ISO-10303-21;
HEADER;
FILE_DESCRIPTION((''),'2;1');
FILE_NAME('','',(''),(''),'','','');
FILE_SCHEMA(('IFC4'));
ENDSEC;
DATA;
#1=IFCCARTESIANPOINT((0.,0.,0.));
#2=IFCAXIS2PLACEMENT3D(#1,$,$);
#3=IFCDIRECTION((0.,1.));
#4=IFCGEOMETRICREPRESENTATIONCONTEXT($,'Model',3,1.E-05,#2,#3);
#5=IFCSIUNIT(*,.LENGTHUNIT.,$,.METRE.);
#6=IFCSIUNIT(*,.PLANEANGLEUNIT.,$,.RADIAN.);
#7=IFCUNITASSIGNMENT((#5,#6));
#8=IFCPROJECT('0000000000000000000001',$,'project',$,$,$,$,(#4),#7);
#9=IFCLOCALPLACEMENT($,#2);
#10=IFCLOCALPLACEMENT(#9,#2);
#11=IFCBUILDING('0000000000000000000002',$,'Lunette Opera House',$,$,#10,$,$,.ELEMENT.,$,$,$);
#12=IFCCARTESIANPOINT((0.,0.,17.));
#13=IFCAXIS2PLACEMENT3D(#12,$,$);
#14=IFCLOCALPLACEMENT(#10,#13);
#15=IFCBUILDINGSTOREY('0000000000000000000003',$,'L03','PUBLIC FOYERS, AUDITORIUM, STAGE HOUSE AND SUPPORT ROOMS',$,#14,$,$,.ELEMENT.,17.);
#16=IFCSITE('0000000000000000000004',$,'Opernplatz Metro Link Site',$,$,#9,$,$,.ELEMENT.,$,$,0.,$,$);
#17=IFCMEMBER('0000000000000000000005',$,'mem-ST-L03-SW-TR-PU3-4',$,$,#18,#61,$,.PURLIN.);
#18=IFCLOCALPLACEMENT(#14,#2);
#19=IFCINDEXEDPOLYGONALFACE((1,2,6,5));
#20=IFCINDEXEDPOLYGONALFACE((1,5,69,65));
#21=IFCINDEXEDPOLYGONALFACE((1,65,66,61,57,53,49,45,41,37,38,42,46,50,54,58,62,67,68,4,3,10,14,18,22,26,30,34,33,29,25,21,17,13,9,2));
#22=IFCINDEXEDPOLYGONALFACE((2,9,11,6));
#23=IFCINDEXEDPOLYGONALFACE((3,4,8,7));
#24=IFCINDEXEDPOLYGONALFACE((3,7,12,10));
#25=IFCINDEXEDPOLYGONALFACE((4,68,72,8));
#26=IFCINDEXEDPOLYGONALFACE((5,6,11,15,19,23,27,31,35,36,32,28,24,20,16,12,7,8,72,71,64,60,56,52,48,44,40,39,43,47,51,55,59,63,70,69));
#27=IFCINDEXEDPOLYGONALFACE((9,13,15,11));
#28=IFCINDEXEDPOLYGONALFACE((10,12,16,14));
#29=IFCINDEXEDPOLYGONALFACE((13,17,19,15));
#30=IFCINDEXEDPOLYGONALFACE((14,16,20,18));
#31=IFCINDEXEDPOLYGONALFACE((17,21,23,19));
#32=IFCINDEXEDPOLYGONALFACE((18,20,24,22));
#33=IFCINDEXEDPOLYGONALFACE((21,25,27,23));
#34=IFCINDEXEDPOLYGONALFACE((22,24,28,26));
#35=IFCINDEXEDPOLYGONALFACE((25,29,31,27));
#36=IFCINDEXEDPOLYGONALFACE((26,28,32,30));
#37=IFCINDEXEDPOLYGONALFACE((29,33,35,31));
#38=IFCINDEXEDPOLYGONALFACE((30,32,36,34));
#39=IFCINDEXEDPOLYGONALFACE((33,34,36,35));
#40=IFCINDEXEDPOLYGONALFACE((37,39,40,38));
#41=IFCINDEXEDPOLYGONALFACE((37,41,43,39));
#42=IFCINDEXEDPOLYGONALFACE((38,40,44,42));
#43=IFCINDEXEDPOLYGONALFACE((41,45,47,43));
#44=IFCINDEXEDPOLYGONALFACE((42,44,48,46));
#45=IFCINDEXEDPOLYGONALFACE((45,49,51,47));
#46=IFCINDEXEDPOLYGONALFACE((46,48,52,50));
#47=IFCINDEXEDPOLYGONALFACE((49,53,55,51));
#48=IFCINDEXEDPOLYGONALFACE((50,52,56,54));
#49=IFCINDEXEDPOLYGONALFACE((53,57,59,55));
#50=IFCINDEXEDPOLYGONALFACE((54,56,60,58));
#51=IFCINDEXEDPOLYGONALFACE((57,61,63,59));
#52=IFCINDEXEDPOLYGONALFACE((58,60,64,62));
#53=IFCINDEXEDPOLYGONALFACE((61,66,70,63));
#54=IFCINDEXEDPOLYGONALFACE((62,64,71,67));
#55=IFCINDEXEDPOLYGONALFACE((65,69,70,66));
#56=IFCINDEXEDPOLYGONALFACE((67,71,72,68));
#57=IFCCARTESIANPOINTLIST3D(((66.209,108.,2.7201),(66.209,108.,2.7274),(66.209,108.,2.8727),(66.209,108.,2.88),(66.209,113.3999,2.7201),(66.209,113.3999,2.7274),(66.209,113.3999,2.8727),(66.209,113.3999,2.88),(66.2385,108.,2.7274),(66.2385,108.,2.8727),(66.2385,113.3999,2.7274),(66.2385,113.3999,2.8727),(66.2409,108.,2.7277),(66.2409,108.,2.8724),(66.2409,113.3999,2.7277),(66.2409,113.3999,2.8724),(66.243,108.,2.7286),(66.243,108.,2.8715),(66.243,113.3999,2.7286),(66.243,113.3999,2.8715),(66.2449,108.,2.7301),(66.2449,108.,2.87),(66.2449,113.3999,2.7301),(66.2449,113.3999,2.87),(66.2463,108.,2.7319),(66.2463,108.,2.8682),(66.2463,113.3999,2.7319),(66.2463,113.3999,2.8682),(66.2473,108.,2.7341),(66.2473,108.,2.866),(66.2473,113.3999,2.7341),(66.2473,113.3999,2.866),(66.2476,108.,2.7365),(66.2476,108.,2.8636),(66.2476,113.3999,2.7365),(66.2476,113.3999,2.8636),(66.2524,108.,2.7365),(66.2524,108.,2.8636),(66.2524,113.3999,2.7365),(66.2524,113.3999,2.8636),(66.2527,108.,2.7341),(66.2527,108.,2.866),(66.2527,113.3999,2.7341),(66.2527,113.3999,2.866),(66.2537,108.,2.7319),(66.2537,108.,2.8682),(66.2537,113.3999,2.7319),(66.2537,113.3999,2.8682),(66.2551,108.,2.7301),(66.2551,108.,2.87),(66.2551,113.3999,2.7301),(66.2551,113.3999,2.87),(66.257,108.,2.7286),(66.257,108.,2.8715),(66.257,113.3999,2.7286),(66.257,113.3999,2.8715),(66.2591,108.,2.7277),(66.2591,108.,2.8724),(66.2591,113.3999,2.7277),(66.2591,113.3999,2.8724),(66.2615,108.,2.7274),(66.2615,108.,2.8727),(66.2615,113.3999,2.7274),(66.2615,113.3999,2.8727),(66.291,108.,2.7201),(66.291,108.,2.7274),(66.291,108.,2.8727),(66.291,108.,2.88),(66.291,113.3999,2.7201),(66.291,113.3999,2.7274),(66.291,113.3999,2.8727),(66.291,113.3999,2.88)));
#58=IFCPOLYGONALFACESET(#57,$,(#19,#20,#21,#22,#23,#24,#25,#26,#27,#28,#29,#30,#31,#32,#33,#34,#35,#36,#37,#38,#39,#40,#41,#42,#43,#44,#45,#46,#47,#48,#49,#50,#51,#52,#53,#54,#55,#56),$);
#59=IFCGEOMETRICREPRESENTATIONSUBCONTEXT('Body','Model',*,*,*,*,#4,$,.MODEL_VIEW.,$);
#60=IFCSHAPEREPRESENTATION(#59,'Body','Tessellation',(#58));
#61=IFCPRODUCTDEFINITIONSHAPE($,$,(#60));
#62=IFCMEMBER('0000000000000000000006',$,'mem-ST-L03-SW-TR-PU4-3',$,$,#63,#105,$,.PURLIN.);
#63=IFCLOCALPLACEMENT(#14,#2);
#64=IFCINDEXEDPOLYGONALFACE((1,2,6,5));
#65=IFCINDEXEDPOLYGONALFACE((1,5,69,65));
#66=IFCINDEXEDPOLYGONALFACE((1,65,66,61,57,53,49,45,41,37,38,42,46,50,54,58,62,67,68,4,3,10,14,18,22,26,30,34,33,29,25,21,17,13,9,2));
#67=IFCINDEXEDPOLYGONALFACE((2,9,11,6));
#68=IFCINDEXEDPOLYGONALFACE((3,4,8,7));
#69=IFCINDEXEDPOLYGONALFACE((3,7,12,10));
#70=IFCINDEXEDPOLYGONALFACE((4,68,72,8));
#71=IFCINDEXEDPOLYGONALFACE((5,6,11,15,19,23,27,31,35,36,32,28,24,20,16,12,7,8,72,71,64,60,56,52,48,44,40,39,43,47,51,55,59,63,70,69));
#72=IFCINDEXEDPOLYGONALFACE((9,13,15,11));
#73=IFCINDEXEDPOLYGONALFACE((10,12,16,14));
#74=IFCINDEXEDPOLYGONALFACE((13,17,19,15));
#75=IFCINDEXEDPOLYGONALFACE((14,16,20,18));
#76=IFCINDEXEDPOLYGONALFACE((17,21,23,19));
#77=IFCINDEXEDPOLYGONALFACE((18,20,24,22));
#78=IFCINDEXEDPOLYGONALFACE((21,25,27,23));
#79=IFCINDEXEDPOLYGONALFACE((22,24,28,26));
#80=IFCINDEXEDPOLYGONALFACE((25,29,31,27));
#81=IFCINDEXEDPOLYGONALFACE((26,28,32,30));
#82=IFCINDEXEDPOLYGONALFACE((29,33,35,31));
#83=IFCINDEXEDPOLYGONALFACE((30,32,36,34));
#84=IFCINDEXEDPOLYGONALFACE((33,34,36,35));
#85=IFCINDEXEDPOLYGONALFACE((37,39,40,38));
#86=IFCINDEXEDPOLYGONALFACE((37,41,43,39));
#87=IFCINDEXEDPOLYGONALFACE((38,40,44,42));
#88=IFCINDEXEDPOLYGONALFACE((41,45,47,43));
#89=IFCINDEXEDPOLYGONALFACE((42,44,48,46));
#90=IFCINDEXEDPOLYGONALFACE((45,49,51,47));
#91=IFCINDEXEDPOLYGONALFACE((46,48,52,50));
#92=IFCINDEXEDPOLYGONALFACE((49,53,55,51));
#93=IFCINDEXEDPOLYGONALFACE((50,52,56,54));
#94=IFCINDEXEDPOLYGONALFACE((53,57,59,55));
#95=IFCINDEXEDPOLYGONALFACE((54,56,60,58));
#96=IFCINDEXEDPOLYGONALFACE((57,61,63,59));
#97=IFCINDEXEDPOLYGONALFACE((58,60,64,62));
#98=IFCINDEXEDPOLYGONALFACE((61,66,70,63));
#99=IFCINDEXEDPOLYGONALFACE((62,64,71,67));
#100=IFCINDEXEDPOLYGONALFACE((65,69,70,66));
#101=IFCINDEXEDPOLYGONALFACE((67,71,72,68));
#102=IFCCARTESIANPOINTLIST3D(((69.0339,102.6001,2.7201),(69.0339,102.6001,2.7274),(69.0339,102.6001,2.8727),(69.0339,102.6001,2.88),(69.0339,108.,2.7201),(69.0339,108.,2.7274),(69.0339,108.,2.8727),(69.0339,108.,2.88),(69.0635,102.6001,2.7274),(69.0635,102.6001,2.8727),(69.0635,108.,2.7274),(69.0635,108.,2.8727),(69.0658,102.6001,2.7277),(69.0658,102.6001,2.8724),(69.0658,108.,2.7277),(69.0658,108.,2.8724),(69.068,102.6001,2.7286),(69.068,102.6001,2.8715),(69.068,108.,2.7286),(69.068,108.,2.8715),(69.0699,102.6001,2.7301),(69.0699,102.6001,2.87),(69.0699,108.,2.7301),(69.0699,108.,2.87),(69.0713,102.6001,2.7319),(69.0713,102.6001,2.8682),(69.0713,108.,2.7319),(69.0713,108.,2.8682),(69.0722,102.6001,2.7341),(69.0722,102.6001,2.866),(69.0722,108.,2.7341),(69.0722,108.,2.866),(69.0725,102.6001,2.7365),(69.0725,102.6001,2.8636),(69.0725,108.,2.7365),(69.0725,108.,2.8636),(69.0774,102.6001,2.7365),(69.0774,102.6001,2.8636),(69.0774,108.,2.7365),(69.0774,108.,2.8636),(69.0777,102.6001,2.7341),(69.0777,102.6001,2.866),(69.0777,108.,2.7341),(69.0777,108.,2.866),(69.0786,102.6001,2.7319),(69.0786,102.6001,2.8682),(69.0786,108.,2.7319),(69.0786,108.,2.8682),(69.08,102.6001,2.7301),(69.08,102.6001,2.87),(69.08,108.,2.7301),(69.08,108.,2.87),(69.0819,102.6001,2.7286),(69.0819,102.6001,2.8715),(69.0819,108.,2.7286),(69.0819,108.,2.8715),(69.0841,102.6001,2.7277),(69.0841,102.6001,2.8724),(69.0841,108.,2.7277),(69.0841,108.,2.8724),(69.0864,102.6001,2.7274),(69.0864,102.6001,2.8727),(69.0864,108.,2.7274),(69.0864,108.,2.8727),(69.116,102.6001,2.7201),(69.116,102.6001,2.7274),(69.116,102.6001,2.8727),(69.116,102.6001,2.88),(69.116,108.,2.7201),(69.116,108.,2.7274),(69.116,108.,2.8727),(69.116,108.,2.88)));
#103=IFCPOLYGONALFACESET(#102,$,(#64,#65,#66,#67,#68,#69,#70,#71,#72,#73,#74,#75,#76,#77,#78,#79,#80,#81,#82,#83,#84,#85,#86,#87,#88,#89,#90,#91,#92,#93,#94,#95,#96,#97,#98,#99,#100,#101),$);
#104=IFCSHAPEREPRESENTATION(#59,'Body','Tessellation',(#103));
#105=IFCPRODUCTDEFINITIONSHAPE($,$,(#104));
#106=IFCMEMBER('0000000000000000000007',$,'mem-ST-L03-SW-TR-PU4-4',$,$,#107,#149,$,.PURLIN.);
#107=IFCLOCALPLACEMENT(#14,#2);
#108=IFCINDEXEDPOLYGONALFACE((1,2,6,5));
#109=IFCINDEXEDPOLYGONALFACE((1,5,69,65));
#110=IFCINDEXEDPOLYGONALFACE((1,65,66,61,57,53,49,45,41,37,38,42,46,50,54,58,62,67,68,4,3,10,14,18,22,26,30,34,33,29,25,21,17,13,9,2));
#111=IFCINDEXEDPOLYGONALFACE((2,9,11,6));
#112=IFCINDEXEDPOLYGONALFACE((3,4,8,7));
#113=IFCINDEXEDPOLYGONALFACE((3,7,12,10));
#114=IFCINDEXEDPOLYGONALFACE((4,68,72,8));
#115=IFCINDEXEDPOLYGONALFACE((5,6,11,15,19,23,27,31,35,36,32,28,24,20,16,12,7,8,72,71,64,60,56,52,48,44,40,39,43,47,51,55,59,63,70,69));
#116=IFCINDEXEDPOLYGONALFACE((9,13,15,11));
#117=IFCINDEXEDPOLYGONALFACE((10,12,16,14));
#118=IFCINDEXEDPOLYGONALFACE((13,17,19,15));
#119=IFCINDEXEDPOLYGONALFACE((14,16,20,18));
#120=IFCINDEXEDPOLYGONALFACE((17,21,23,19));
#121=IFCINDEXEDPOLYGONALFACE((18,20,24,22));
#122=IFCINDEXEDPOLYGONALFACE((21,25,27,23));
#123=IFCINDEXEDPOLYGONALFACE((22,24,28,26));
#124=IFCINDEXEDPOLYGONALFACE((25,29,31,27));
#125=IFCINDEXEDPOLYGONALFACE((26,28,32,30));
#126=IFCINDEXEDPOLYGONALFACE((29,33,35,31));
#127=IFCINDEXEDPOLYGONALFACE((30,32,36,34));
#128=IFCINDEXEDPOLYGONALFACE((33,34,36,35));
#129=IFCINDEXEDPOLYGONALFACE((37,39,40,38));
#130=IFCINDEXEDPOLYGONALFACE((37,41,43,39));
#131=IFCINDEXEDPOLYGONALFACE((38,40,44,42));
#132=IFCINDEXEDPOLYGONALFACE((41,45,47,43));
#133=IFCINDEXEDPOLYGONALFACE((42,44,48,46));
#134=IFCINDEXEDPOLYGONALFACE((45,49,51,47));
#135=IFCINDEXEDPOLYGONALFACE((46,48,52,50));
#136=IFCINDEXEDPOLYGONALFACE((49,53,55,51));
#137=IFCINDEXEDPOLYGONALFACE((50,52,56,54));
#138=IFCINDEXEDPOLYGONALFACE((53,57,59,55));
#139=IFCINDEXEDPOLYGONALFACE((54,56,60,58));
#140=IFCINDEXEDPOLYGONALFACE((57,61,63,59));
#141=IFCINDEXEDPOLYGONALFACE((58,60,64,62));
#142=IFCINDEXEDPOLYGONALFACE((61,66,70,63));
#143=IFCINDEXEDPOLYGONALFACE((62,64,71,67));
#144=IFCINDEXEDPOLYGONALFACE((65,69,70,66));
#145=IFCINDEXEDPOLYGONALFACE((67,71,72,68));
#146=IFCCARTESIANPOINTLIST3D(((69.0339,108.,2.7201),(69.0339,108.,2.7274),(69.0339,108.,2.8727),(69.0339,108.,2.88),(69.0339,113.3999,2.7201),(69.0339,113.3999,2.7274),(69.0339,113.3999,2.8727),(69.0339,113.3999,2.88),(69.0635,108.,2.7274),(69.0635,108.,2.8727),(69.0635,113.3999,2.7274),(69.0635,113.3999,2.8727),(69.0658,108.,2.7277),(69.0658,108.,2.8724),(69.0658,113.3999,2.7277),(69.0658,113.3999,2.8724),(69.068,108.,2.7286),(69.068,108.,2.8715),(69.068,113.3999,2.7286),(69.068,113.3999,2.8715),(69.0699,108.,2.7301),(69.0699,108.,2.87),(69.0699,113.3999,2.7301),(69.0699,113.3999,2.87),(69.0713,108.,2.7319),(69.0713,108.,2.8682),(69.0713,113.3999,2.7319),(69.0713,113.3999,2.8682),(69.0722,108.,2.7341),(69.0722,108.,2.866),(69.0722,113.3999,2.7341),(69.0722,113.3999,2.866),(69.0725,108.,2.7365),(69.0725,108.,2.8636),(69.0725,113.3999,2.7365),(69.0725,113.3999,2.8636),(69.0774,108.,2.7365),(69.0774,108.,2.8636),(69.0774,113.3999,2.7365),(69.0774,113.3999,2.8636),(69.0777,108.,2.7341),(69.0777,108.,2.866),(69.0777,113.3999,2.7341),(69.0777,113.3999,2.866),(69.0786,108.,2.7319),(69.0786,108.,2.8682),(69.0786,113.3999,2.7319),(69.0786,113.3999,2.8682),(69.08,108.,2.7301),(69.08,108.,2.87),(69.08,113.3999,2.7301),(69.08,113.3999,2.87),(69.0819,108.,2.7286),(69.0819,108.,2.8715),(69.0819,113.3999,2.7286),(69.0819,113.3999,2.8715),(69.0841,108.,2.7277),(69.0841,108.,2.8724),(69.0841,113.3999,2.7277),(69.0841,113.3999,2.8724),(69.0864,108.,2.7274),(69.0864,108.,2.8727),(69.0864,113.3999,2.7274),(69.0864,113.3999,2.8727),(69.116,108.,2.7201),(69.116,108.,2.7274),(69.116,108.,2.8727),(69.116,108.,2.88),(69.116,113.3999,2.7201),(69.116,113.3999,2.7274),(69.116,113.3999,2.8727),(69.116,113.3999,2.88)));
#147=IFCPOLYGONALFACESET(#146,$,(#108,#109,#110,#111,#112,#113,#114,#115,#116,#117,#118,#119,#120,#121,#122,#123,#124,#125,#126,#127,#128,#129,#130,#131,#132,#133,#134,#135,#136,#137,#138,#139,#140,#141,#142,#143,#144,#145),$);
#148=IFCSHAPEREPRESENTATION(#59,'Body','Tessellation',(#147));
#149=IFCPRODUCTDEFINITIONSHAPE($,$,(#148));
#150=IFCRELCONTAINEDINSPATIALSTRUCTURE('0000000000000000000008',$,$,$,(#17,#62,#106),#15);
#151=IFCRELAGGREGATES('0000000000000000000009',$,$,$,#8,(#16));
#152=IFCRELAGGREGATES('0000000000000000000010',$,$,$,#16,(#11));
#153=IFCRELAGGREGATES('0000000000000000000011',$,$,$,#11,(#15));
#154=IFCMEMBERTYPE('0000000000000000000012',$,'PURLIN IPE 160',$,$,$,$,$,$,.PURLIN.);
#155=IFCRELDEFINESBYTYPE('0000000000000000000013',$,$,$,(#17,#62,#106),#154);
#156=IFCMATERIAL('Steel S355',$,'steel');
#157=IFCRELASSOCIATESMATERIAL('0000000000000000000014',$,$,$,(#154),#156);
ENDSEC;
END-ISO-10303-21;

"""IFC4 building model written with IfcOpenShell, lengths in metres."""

from ifc_helpers import new_model, si_unit, direction, frame, origin, origin_2d, place, context, subcontext, project, spatial, i_section, extrude, material, material_profile, profile_set, type_object, element, save


model = new_model("IFC4")

# Units and contexts
model_context = context("Model", 3, precision=1e-05, world=origin(), true_north=direction((0.0, 1.0)))
body_context = subcontext(model_context, "Body", "Model", "MODEL_VIEW")
ifc_project = project(units=[si_unit("LENGTHUNIT", "METRE"), si_unit("PLANEANGLEUNIT", "RADIAN")], contexts=[model_context])

# Site, building, storey
site_placement = place(None, origin())
site = spatial("IfcSite", under=ifc_project, at=site_placement, Name="Opernplatz Metro Link Site", CompositionType="ELEMENT", RefElevation=0.0)
building_placement = place(site_placement, origin())
building = spatial("IfcBuilding", under=site, at=building_placement, Name="Lunette Opera House", CompositionType="ELEMENT")
storey_placement = place(building_placement, frame((0.0, 0.0, 17.0)))
storey = spatial("IfcBuildingStorey", under=building, at=storey_placement, Name="L03", Description="PUBLIC FOYERS, AUDITORIUM, STAGE HOUSE AND SUPPORT ROOMS", CompositionType="ELEMENT", Elevation=17.0)

# Members
ifc_material_1 = material(Name="Steel S355", Category="steel")
ifc_material_profile_1 = material_profile(ifc_material_1, i_section(OverallWidth=0.082, OverallDepth=0.1599, WebThickness=0.0049, FlangeThickness=0.0073, FilletRadius=0.009, at=origin_2d()), Name="IPE 160")
ifc_profile_set_1 = profile_set([ifc_material_profile_1], Name="Steel S355")
member_type_1 = type_object("IfcMemberType", Name="PURLIN IPE 160", PredefinedType="PURLIN", material=ifc_profile_set_1)
for number, where, z_axis, x_axis, name in (
    (1, (66.25, 108.0, 2.8), (0.0, 1.0, 0.0), (-1.0, 0.0, 0.0), "mem-ST-L03-SW-TR-PU3-4"),
    (2, (69.075, 102.6001, 2.8), (0.0, 1.0, 0.0), (-1.0, 0.0, 0.0), "mem-ST-L03-SW-TR-PU4-3"),
    (3, (69.075, 108.0, 2.8), (0.0, 1.0, 0.0), (-1.0, 0.0, 0.0), "mem-ST-L03-SW-TR-PU4-4"),
):
    element("IfcMember", number, at=place(storey_placement, frame(where, z_axis=z_axis, x_axis=x_axis)), inside=storey, type_object=member_type_1, Name=name, PredefinedType="PURLIN", context=body_context, shape_type="SweptSolid", body=[
        extrude(i_section(OverallWidth=0.082, OverallDepth=0.1599, WebThickness=0.0049, FlangeThickness=0.0073, FilletRadius=0.009, at=origin_2d()), origin(), (0.0, 0.0, 1.0), 5.3999),
    ])

save(model, "model.ifc")
